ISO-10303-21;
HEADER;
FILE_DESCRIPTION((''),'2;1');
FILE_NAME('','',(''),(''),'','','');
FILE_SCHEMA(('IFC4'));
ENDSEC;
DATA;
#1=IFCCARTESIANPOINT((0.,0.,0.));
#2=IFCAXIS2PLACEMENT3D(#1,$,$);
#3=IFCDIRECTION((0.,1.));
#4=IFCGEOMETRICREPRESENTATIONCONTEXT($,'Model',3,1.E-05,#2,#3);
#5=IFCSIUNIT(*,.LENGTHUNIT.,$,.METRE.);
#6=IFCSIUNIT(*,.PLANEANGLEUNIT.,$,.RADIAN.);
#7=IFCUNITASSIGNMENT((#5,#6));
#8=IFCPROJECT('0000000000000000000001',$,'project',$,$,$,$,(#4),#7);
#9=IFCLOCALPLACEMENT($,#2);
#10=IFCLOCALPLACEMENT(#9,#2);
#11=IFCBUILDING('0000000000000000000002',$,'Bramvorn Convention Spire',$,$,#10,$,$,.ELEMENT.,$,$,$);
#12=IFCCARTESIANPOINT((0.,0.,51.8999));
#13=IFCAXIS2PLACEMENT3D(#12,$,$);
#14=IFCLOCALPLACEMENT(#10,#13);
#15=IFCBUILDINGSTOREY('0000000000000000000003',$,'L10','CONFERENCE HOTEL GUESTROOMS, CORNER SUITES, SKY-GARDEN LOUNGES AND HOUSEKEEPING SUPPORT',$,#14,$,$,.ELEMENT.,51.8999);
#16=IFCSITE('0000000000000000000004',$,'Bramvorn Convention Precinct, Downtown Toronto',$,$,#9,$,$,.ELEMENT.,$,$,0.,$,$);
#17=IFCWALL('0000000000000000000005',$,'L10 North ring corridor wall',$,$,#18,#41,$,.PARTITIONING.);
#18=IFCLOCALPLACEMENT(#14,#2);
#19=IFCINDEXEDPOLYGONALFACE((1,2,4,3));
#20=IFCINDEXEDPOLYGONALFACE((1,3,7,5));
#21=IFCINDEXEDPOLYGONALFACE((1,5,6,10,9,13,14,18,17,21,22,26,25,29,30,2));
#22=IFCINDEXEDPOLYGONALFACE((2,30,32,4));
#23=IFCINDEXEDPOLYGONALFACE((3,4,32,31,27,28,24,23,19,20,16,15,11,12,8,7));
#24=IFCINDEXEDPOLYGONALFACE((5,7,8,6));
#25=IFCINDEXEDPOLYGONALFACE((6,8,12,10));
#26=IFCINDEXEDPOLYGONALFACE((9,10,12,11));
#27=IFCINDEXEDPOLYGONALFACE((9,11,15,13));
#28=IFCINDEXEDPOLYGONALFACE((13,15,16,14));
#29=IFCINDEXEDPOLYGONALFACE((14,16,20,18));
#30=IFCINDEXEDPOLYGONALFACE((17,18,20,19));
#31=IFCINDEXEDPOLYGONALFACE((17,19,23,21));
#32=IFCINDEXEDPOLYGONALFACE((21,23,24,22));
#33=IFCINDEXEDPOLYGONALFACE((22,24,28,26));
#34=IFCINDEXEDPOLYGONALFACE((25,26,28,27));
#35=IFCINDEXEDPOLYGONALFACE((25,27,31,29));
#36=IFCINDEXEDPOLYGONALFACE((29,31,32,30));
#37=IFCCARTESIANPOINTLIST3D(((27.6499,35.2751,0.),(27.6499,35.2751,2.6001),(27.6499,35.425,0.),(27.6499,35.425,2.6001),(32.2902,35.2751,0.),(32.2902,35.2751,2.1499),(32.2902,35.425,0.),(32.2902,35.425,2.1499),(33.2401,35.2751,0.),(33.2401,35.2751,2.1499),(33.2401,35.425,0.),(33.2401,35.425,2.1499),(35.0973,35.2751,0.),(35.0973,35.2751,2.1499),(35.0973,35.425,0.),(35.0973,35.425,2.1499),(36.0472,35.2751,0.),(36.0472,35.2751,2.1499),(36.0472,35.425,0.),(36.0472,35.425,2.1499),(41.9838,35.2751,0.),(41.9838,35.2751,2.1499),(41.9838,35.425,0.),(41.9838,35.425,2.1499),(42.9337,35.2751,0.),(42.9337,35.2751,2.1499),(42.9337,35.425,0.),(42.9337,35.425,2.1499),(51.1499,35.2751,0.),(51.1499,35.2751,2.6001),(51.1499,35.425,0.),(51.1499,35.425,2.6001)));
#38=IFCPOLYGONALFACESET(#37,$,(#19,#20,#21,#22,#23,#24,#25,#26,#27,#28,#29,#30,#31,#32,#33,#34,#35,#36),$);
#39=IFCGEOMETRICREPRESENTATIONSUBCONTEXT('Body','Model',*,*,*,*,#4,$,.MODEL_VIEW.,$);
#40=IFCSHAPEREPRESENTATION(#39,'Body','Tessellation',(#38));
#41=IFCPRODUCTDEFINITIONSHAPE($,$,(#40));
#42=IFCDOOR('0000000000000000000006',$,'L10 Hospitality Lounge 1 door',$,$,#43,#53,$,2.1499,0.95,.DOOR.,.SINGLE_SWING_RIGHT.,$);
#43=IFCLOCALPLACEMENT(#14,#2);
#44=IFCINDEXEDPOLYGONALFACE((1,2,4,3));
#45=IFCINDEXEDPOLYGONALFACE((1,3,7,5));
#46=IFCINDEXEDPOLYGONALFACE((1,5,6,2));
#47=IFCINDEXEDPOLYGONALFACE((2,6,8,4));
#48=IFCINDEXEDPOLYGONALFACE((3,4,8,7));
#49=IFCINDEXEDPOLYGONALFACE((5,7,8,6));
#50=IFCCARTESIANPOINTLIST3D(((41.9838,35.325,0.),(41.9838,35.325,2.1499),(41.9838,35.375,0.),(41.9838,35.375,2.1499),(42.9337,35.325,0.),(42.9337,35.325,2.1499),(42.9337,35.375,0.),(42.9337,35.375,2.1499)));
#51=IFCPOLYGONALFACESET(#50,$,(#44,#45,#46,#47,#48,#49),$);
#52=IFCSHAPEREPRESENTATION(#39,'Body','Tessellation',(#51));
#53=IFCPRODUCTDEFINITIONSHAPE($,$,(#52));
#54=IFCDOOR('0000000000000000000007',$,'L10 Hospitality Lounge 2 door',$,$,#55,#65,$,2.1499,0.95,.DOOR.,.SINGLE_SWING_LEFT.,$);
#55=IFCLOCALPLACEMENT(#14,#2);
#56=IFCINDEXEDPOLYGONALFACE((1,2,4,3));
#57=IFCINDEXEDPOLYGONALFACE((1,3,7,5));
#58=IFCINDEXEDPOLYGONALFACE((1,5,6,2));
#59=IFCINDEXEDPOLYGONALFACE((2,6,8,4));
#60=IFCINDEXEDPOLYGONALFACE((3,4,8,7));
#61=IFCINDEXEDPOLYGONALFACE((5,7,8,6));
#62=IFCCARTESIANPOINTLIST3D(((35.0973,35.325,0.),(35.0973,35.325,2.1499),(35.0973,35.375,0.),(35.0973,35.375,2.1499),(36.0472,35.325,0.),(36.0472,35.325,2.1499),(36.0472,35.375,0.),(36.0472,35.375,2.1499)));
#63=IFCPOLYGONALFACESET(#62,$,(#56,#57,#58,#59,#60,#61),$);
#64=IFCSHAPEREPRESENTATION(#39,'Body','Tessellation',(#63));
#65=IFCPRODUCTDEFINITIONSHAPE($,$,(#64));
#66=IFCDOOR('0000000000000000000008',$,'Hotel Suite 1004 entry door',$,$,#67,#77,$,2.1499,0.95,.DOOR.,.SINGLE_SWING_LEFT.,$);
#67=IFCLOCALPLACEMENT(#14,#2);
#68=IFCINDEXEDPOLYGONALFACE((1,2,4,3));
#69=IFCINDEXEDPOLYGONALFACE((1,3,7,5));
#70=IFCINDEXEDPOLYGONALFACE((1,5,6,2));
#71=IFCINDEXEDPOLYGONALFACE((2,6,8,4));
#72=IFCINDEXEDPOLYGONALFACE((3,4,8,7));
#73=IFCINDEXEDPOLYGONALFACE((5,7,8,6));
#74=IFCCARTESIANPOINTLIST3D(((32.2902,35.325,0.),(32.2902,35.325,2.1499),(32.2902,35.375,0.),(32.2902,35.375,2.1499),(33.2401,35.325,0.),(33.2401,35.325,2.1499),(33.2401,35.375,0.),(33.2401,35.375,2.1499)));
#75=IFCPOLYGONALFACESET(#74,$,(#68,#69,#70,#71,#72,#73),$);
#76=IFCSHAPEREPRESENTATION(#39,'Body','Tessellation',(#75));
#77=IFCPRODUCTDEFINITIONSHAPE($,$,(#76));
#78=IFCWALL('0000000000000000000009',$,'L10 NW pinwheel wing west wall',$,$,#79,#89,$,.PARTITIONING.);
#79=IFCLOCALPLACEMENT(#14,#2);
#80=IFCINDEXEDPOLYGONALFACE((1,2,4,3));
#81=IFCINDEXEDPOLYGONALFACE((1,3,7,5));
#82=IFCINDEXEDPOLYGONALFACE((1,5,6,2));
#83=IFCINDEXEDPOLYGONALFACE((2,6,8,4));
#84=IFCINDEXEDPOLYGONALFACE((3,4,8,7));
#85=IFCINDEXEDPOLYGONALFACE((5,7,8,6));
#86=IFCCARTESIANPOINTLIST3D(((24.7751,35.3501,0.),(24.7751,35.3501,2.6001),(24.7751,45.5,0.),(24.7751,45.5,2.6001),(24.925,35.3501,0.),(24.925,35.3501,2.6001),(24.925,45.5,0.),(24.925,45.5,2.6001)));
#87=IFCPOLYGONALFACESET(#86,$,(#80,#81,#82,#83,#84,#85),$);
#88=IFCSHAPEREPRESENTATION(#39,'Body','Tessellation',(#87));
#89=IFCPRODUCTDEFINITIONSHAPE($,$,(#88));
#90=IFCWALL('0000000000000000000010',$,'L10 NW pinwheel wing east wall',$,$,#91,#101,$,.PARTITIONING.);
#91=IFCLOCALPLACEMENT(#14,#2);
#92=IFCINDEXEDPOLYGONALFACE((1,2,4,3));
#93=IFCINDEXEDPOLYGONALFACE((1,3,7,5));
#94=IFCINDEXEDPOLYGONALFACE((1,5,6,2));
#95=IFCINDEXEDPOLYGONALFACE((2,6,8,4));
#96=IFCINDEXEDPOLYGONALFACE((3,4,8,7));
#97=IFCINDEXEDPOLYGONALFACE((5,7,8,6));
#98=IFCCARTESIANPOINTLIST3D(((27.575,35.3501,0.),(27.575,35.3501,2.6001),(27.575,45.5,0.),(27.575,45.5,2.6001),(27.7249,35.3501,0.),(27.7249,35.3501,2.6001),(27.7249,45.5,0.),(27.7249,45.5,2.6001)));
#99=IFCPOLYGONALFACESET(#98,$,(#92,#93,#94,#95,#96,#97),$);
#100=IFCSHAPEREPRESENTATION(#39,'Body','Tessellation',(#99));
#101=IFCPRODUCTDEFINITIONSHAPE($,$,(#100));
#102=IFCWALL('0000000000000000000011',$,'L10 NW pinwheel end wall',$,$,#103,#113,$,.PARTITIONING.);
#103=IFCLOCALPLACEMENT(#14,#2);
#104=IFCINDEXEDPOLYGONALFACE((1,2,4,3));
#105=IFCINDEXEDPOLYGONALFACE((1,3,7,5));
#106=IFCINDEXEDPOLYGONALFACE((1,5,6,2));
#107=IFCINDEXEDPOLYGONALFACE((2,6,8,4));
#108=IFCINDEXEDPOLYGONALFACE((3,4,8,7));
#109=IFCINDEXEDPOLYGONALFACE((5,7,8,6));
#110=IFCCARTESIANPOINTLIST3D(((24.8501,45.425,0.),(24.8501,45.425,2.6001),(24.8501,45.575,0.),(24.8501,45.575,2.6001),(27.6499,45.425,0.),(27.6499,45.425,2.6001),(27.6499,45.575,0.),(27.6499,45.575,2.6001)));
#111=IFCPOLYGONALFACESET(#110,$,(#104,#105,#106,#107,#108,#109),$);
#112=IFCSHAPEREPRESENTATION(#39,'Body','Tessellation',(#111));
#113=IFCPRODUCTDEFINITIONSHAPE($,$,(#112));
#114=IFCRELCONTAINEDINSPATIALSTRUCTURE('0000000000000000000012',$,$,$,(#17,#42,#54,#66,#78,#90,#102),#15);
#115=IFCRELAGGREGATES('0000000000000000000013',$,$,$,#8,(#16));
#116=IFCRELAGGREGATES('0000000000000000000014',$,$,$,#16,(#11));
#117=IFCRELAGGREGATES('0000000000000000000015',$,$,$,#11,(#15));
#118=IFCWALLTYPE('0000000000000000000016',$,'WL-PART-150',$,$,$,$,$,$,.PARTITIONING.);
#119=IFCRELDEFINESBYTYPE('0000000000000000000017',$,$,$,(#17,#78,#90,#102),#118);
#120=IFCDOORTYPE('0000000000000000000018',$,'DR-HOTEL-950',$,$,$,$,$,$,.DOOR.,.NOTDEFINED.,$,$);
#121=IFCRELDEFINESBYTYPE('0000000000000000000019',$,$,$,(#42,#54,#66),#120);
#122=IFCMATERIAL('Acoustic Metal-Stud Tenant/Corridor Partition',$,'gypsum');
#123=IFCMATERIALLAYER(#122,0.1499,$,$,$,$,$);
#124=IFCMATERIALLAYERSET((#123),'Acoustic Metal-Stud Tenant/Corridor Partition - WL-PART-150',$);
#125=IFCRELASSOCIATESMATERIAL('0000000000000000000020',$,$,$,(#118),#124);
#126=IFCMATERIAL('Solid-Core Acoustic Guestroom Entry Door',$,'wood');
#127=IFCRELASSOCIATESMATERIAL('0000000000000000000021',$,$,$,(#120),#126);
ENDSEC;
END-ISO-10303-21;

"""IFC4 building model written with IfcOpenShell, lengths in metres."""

from ifc_helpers import new_model, si_unit, direction, frame, frame_2d, origin, place, context, subcontext, project, spatial, rectangle, extrude, material, layer, layer_set, type_object, element, fill, save


model = new_model("IFC4")

# Units and contexts
model_context = context("Model", 3, precision=1e-05, world=origin(), true_north=direction((0.0, 1.0)))
body_context = subcontext(model_context, "Body", "Model", "MODEL_VIEW")
ifc_project = project(units=[si_unit("LENGTHUNIT", "METRE"), si_unit("PLANEANGLEUNIT", "RADIAN")], contexts=[model_context])

# Site, building, storey
site_placement = place(None, origin())
site = spatial("IfcSite", under=ifc_project, at=site_placement, Name="Bramvorn Convention Precinct, Downtown Toronto", CompositionType="ELEMENT", RefElevation=0.0)
building_placement = place(site_placement, origin())
building = spatial("IfcBuilding", under=site, at=building_placement, Name="Bramvorn Convention Spire", CompositionType="ELEMENT")
storey_placement = place(building_placement, frame((0.0, 0.0, 51.8999)))
storey = spatial("IfcBuildingStorey", under=building, at=storey_placement, Name="L10", Description="CONFERENCE HOTEL GUESTROOMS, CORNER SUITES, SKY-GARDEN LOUNGES AND HOUSEKEEPING SUPPORT", CompositionType="ELEMENT", Elevation=51.8999)

# Wall, openings, doors
ifc_material_1 = material(Name="Acoustic Metal-Stud Tenant/Corridor Partition", Category="gypsum")
ifc_layer_1 = layer(ifc_material_1, 0.1499)
ifc_layer_set_1 = layer_set([ifc_layer_1], Name="Acoustic Metal-Stud Tenant/Corridor Partition - WL-PART-150")
wall_type_1 = type_object("IfcWallType", Name="WL-PART-150", PredefinedType="PARTITIONING", material=ifc_layer_set_1)
wall_1_placement = place(storey_placement, frame((27.6499, 35.3501, 0.0), z_axis=(0.0, 0.0, 1.0), x_axis=(1.0, 0.0, 0.0)))
wall_1 = element("IfcWall", 1, at=wall_1_placement, inside=storey, type_object=wall_type_1, Name="L10 North ring corridor wall", PredefinedType="PARTITIONING", context=body_context, shape_type="SweptSolid", body=[
    extrude(rectangle(XDim=23.5, YDim=0.1499, at=frame_2d((11.75, 0.0))), origin(), (0.0, 0.0, 1.0), 2.6001),
])
opening_1_placement = place(wall_1_placement, frame((14.3337, 0.0, 0.0)))
opening_1 = element("IfcOpeningElement", 2, at=opening_1_placement, cuts=wall_1, PredefinedType="OPENING", context=body_context, shape_type="SweptSolid", body=[
    extrude(rectangle(XDim=0.95, YDim=2.1499, at=frame_2d((0.4751, 1.075))), frame((0.0, 0.085, 0.0), z_axis=(0.0, -1.0, 0.0), x_axis=(1.0, 0.0, 0.0)), (0.0, 0.0, 1.0), 0.1699),
])
opening_2_placement = place(wall_1_placement, frame((7.4473, 0.0, 0.0)))
opening_2 = element("IfcOpeningElement", 3, at=opening_2_placement, cuts=wall_1, PredefinedType="OPENING", context=body_context, shape_type="SweptSolid", body=[
    extrude(rectangle(XDim=0.95, YDim=2.1499, at=frame_2d((0.4751, 1.075))), frame((0.0, 0.085, 0.0), z_axis=(0.0, -1.0, 0.0), x_axis=(1.0, 0.0, 0.0)), (0.0, 0.0, 1.0), 0.1699),
])
opening_3_placement = place(wall_1_placement, frame((4.6401, 0.0, 0.0)))
opening_3 = element("IfcOpeningElement", 4, at=opening_3_placement, cuts=wall_1, PredefinedType="OPENING", context=body_context, shape_type="SweptSolid", body=[
    extrude(rectangle(XDim=0.95, YDim=2.1499, at=frame_2d((0.4751, 1.075))), frame((0.0, 0.085, 0.0), z_axis=(0.0, -1.0, 0.0), x_axis=(1.0, 0.0, 0.0)), (0.0, 0.0, 1.0), 0.1699),
])
ifc_material_2 = material(Name="Solid-Core Acoustic Guestroom Entry Door", Category="wood")
door_type_1 = type_object("IfcDoorType", Name="DR-HOTEL-950", OperationType="NOTDEFINED", PredefinedType="DOOR", material=ifc_material_2)
door_1_placement = place(opening_1_placement, origin())
door_1 = element("IfcDoor", 5, at=door_1_placement, inside=storey, type_object=door_type_1, Name="L10 Hospitality Lounge 1 door", OperationType="SINGLE_SWING_RIGHT", OverallHeight=2.1499, OverallWidth=0.95, PredefinedType="DOOR", context=body_context, shape_type="SweptSolid", body=[
    extrude(rectangle(XDim=0.95, YDim=2.1499, at=frame_2d((0.4751, 1.075))), frame((0.0, 0.0249, 0.0), z_axis=(0.0, -1.0, 0.0), x_axis=(1.0, 0.0, 0.0)), (0.0, 0.0, 1.0), 0.05),
])
fill(opening_1, door_1)
door_2_placement = place(opening_2_placement, origin())
door_2 = element("IfcDoor", 6, at=door_2_placement, inside=storey, type_object=door_type_1, Name="L10 Hospitality Lounge 2 door", OperationType="SINGLE_SWING_LEFT", OverallHeight=2.1499, OverallWidth=0.95, PredefinedType="DOOR", context=body_context, shape_type="SweptSolid", body=[
    extrude(rectangle(XDim=0.95, YDim=2.1499, at=frame_2d((0.4751, 1.075))), frame((0.0, 0.0249, 0.0), z_axis=(0.0, -1.0, 0.0), x_axis=(1.0, 0.0, 0.0)), (0.0, 0.0, 1.0), 0.05),
])
fill(opening_2, door_2)
door_3_placement = place(opening_3_placement, origin())
door_3 = element("IfcDoor", 7, at=door_3_placement, inside=storey, type_object=door_type_1, Name="Hotel Suite 1004 entry door", OperationType="SINGLE_SWING_LEFT", OverallHeight=2.1499, OverallWidth=0.95, PredefinedType="DOOR", context=body_context, shape_type="SweptSolid", body=[
    extrude(rectangle(XDim=0.95, YDim=2.1499, at=frame_2d((0.4751, 1.075))), frame((0.0, 0.0249, 0.0), z_axis=(0.0, -1.0, 0.0), x_axis=(1.0, 0.0, 0.0)), (0.0, 0.0, 1.0), 0.05),
])
fill(opening_3, door_3)

# Walls
for number, where, z_axis, x_axis, name in (
    (8, (24.8501, 35.3501, 0.0), (0.0, 0.0, 1.0), (0.0, 1.0, 0.0), "L10 NW pinwheel wing west wall"),
    (9, (27.6499, 35.3501, 0.0), (0.0, 0.0, 1.0), (0.0, 1.0, 0.0), "L10 NW pinwheel wing east wall"),
):
    element("IfcWall", number, at=place(storey_placement, frame(where, z_axis=z_axis, x_axis=x_axis)), inside=storey, type_object=wall_type_1, Name=name, PredefinedType="PARTITIONING", context=body_context, shape_type="SweptSolid", body=[
        extrude(rectangle(XDim=10.1499, YDim=0.1499, at=frame_2d((5.075, 0.0))), origin(), (0.0, 0.0, 1.0), 2.6001),
    ])
wall_2_placement = place(storey_placement, frame((24.8501, 45.5, 0.0), z_axis=(0.0, 0.0, 1.0), x_axis=(1.0, 0.0, 0.0)))
element("IfcWall", 10, at=wall_2_placement, inside=storey, type_object=wall_type_1, Name="L10 NW pinwheel end wall", PredefinedType="PARTITIONING", context=body_context, shape_type="SweptSolid", body=[
    extrude(rectangle(XDim=2.7998, YDim=0.1499, at=frame_2d((1.3999, 0.0))), origin(), (0.0, 0.0, 1.0), 2.6001),
])

save(model, "model.ifc")
